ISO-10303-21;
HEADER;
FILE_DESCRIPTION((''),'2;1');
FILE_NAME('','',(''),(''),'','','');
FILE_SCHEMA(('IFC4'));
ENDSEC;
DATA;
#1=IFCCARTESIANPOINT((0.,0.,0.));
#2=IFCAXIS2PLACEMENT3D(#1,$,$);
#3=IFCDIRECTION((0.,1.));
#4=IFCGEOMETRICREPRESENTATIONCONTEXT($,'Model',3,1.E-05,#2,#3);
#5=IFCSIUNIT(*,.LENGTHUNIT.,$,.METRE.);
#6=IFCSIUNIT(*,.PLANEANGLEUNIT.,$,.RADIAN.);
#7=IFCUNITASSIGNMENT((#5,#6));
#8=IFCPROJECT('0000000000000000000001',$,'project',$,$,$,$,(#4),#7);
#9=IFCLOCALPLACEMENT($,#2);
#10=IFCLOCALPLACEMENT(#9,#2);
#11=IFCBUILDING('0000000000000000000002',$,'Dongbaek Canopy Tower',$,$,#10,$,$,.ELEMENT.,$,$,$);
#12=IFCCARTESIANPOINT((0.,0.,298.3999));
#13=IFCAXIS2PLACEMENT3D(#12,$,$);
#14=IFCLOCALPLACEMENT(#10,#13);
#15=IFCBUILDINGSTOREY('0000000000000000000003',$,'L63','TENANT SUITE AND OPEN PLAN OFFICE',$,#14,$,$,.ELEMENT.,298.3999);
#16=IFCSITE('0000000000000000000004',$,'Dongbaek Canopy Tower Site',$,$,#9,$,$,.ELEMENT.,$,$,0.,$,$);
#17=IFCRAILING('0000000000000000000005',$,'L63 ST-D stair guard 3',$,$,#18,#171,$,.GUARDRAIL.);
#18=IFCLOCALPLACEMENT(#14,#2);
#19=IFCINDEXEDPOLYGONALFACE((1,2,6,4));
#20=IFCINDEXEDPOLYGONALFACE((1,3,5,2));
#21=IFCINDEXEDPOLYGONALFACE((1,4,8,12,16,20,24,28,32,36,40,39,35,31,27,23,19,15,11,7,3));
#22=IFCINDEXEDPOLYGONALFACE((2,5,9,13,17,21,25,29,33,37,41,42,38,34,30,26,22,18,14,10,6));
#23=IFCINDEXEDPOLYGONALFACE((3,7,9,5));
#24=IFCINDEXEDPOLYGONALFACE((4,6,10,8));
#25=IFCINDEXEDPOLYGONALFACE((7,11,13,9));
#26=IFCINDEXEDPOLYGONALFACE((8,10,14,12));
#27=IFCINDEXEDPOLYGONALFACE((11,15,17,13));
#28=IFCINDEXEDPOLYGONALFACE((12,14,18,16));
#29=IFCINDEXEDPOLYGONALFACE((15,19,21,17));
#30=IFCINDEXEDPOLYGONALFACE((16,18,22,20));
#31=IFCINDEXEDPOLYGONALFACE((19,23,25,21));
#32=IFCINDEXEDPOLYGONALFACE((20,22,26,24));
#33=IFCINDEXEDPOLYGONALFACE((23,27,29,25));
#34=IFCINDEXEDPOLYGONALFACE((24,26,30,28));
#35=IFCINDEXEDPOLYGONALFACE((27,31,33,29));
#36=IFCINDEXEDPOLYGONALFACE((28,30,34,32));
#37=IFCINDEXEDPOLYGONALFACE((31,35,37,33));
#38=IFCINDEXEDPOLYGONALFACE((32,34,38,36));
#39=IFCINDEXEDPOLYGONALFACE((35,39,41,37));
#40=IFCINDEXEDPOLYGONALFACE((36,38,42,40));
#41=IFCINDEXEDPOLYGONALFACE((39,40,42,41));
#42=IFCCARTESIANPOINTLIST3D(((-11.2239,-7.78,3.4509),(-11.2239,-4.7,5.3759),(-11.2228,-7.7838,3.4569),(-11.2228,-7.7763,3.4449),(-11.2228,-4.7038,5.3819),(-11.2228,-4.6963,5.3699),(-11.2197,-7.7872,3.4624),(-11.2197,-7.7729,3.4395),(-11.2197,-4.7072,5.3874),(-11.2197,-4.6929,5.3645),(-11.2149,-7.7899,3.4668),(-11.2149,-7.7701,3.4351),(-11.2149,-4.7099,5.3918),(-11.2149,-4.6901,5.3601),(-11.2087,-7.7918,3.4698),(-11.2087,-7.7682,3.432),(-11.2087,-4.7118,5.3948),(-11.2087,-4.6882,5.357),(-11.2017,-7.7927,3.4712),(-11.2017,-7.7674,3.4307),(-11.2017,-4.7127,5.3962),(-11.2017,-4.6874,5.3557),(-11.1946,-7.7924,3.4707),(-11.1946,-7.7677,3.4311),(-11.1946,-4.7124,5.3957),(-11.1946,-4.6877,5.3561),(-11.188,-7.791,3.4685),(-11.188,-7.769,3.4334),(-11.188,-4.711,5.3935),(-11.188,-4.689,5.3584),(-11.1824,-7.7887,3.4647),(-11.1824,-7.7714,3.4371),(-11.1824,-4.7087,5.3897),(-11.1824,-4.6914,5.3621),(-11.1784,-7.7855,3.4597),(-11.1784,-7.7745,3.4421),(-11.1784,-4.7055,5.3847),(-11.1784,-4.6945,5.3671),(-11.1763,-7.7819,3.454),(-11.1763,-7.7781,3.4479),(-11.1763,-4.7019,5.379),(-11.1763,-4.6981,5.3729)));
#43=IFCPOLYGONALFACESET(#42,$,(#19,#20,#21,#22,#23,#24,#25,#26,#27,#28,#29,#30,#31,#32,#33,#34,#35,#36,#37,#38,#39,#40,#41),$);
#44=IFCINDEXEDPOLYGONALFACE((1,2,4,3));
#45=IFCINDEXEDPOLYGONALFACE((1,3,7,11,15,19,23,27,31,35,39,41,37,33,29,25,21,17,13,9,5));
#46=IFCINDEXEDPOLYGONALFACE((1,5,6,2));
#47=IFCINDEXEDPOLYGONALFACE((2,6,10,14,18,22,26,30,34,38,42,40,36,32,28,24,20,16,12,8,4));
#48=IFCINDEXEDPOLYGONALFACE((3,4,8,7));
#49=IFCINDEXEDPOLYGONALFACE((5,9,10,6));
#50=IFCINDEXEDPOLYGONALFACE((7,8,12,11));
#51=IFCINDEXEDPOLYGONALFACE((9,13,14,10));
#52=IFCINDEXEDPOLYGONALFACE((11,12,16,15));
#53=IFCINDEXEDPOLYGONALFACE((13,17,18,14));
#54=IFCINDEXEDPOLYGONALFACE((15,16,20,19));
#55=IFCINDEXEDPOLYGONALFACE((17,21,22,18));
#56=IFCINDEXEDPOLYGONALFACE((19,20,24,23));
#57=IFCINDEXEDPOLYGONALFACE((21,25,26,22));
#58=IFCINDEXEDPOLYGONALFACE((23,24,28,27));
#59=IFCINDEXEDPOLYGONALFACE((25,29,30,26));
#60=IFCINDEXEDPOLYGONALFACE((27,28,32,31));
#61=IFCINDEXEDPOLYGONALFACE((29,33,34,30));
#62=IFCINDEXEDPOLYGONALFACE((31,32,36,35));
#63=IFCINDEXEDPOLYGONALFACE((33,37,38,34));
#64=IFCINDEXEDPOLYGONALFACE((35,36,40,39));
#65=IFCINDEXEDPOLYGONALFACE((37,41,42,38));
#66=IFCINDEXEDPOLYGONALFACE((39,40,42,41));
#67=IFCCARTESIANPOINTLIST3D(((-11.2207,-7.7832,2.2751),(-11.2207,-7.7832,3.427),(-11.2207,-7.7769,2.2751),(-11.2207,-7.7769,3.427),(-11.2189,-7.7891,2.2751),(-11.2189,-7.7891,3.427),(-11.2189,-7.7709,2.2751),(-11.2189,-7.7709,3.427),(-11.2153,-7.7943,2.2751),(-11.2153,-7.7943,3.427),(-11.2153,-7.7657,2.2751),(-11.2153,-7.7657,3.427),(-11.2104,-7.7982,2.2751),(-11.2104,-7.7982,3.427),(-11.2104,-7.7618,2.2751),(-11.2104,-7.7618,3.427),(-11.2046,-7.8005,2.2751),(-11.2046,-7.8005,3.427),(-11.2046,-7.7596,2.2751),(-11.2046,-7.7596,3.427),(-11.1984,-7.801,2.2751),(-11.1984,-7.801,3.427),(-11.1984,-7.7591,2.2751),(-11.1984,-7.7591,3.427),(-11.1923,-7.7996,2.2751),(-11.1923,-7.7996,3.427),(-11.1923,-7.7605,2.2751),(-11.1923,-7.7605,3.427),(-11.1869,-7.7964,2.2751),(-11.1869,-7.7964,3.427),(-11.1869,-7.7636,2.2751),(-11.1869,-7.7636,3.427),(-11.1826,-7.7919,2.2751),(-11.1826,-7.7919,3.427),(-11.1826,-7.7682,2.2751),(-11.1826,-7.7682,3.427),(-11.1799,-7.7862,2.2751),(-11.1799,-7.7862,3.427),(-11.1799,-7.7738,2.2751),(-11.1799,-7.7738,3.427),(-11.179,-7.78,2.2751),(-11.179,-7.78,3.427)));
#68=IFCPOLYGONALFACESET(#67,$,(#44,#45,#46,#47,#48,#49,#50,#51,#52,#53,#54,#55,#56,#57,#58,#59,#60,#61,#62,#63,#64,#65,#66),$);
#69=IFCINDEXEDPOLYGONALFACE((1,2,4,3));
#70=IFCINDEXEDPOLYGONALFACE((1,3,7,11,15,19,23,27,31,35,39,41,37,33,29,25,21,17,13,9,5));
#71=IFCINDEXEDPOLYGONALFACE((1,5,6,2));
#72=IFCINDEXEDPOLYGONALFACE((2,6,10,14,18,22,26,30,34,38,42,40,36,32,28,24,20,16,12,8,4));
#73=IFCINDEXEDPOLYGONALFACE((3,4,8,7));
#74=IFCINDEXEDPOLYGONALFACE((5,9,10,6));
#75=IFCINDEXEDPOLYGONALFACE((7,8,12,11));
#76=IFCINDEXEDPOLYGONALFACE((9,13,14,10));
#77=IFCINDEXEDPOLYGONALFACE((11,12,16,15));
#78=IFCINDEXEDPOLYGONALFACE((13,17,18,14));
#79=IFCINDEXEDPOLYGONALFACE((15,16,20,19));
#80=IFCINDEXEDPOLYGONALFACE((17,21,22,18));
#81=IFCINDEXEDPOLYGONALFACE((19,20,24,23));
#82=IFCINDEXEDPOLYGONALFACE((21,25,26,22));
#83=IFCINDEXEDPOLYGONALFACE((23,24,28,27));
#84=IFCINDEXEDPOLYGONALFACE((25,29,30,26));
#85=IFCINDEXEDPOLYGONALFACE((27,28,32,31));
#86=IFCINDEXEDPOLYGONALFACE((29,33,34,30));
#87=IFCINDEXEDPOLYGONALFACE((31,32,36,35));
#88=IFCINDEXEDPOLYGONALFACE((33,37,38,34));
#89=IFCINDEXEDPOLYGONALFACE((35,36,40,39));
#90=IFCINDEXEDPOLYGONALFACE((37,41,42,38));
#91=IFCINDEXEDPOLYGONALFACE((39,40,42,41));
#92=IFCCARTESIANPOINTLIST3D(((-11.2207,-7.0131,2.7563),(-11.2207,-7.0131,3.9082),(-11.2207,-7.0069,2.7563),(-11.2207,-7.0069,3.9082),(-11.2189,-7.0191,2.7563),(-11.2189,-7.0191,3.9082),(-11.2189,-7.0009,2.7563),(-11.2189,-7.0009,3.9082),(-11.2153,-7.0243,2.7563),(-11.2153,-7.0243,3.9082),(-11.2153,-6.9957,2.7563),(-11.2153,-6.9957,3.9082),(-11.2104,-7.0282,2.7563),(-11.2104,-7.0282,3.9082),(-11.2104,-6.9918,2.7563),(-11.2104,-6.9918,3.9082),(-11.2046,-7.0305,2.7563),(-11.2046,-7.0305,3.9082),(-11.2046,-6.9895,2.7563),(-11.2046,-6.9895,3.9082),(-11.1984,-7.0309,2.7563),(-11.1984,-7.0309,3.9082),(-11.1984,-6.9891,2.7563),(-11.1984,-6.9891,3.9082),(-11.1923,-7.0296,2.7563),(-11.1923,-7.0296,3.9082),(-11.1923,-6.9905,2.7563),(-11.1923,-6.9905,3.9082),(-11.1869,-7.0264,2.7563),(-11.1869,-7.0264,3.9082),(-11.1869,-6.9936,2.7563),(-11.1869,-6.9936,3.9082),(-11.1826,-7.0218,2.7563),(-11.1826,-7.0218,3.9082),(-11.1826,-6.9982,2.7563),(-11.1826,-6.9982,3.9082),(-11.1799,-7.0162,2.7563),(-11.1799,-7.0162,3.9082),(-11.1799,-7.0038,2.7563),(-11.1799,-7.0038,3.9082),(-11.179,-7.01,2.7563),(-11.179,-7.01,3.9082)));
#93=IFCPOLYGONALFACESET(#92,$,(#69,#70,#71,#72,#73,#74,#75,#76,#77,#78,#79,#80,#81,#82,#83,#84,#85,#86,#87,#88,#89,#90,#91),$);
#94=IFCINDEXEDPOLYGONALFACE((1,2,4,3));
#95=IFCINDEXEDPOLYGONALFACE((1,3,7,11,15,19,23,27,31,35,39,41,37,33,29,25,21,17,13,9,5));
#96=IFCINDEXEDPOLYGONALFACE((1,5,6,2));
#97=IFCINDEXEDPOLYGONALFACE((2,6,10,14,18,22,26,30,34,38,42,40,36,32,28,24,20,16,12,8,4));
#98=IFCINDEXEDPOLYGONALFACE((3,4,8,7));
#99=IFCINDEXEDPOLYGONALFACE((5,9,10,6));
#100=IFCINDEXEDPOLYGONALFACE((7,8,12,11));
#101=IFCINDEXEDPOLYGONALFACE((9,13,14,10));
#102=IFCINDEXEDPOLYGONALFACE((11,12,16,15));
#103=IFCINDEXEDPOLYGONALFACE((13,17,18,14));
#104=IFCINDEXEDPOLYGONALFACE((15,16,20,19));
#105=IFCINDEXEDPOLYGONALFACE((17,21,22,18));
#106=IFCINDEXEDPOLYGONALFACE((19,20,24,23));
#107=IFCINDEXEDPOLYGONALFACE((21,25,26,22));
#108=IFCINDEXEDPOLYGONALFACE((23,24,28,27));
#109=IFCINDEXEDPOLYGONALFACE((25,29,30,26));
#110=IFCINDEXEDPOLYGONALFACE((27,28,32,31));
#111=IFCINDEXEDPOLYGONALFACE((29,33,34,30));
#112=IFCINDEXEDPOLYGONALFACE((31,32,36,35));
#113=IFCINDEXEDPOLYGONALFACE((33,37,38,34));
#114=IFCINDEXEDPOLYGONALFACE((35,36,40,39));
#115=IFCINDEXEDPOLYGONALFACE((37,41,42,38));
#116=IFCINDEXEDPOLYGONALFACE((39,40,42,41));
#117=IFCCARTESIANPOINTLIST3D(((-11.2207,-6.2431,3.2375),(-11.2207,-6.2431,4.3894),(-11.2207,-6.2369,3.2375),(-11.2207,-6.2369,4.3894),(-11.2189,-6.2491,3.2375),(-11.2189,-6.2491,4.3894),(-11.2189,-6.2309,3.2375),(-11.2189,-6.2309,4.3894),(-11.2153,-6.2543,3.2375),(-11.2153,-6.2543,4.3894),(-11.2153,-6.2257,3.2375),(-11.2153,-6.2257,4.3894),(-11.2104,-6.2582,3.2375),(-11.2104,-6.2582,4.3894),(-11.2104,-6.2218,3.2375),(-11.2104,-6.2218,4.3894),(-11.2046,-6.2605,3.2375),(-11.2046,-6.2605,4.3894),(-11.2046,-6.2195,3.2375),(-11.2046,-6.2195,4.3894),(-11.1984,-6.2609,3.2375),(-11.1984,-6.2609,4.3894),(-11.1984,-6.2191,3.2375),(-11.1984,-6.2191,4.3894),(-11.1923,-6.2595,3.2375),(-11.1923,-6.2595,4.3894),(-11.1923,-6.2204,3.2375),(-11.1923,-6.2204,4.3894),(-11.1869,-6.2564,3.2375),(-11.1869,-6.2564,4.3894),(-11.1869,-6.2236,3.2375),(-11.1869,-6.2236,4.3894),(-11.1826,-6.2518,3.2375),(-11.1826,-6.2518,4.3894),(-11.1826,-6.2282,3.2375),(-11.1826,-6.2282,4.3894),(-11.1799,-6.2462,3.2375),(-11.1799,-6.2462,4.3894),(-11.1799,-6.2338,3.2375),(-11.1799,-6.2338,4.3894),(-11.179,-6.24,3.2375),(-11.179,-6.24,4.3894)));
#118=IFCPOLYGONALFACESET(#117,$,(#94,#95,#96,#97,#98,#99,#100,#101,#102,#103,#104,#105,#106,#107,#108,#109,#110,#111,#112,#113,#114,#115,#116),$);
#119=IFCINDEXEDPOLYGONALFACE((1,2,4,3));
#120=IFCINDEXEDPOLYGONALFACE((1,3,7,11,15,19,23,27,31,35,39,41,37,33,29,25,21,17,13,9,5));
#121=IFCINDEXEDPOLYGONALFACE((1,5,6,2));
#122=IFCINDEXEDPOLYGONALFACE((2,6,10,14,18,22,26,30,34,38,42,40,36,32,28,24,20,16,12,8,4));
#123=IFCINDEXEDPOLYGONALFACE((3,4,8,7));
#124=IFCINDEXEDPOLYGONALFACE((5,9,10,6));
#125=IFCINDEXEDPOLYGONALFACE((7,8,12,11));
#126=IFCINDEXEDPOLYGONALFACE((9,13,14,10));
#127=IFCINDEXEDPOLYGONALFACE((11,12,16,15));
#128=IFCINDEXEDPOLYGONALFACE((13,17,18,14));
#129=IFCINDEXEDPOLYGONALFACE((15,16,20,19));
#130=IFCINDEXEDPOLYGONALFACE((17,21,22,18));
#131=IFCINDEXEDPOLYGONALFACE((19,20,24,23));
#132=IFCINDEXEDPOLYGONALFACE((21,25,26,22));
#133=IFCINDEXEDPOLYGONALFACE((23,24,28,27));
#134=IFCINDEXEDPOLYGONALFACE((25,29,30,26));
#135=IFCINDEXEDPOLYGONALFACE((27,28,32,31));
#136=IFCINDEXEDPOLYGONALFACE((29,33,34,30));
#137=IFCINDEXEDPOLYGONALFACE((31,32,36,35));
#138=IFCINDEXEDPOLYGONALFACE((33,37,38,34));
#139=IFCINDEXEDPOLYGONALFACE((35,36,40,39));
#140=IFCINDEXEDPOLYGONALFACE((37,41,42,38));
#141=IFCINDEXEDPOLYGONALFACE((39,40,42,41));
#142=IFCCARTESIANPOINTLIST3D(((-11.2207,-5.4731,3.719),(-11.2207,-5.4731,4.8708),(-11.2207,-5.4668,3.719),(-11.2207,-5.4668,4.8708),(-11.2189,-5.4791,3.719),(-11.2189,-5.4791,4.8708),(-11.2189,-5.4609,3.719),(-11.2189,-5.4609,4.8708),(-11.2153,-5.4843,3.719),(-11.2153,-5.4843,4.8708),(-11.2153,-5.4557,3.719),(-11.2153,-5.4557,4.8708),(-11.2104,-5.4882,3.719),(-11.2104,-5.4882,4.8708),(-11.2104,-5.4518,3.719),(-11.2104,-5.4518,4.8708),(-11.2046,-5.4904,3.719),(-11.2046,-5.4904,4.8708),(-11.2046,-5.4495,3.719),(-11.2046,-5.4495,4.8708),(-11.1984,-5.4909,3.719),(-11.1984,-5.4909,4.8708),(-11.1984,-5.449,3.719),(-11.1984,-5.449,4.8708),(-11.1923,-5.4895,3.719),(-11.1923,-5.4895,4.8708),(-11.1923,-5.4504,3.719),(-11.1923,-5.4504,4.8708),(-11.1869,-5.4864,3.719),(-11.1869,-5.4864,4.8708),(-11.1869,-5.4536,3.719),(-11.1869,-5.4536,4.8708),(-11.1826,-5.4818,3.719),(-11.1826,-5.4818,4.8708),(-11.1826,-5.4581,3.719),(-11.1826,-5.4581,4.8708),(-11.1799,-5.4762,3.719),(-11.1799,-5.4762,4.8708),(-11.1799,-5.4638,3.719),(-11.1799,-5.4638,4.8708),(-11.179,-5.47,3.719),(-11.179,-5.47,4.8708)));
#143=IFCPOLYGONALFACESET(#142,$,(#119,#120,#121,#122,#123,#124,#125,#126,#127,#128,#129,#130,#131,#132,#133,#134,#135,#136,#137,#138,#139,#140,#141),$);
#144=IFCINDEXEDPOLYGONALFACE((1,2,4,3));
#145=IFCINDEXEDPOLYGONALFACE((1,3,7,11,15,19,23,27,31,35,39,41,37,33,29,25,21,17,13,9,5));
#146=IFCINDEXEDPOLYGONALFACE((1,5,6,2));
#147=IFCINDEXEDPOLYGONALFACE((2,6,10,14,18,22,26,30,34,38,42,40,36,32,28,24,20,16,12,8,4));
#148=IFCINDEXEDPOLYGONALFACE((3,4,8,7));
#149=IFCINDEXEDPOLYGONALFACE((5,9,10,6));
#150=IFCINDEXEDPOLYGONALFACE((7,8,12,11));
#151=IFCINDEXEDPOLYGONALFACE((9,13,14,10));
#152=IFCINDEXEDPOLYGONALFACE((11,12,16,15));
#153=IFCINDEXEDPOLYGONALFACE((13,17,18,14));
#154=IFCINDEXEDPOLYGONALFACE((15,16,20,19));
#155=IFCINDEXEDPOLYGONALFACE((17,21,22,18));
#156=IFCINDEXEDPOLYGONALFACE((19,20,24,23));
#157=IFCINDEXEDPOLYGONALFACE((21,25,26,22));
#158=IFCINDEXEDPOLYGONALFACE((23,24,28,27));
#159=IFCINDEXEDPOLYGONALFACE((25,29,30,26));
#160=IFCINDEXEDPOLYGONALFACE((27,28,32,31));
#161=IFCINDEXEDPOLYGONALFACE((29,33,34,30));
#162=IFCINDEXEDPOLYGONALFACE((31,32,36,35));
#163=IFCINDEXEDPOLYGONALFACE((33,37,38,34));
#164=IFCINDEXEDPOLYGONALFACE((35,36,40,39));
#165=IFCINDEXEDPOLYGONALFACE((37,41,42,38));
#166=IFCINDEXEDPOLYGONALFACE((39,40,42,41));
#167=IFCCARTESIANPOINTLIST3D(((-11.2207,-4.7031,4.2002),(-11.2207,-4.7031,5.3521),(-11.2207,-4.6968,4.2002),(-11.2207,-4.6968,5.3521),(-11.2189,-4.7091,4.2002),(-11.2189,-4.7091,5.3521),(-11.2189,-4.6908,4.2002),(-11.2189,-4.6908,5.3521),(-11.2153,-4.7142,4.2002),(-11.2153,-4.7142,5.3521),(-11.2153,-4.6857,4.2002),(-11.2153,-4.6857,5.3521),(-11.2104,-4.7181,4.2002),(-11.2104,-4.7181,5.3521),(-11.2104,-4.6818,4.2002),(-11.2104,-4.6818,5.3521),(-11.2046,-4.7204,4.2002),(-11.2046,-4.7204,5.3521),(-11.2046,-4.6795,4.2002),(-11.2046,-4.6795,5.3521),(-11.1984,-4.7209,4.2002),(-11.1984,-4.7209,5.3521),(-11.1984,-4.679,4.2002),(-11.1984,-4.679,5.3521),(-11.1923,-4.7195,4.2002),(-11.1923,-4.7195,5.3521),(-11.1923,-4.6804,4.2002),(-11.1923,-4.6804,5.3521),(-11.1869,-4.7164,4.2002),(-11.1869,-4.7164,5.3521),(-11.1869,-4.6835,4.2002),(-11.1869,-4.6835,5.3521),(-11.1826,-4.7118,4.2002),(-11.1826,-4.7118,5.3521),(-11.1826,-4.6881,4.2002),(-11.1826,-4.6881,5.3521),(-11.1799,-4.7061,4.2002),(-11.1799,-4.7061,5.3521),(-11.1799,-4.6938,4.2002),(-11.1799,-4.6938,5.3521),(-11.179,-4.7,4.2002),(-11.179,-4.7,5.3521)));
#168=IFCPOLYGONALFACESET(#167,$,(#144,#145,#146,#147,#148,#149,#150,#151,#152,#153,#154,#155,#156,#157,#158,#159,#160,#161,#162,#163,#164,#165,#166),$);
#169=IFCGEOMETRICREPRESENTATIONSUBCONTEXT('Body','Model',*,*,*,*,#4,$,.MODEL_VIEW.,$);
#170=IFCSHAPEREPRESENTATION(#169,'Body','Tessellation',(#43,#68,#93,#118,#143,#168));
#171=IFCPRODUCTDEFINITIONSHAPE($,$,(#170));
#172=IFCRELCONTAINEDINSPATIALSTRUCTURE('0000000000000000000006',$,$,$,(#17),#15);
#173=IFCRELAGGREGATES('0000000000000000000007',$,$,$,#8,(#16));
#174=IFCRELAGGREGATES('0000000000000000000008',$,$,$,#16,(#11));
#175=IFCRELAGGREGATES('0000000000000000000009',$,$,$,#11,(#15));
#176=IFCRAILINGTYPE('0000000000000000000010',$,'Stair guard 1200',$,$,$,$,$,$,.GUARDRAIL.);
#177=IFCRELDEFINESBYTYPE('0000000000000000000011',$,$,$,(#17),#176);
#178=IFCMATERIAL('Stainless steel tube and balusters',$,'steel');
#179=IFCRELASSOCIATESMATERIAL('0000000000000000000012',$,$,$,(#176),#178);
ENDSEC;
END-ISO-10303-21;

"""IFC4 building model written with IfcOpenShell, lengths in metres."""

from ifc_helpers import new_model, si_unit, direction, frame, origin, origin_2d, place, context, subcontext, project, spatial, circle, extrude, material, type_object, element, save


model = new_model("IFC4")

# Units and contexts
model_context = context("Model", 3, precision=1e-05, world=origin(), true_north=direction((0.0, 1.0)))
body_context = subcontext(model_context, "Body", "Model", "MODEL_VIEW")
ifc_project = project(units=[si_unit("LENGTHUNIT", "METRE"), si_unit("PLANEANGLEUNIT", "RADIAN")], contexts=[model_context])

# Site, building, storey
site_placement = place(None, origin())
site = spatial("IfcSite", under=ifc_project, at=site_placement, Name="Dongbaek Canopy Tower Site", CompositionType="ELEMENT", RefElevation=0.0)
building_placement = place(site_placement, origin())
building = spatial("IfcBuilding", under=site, at=building_placement, Name="Dongbaek Canopy Tower", CompositionType="ELEMENT")
storey_placement = place(building_placement, frame((0.0, 0.0, 298.3999)))
storey = spatial("IfcBuildingStorey", under=building, at=storey_placement, Name="L63", Description="TENANT SUITE AND OPEN PLAN OFFICE", CompositionType="ELEMENT", Elevation=298.3999)

# Railing
ifc_material_1 = material(Name="Stainless steel tube and balusters", Category="steel")
railing_type_1 = type_object("IfcRailingType", Name="Stair guard 1200", PredefinedType="GUARDRAIL", material=ifc_material_1)
railing_1_placement = place(storey_placement, frame((-11.2, -7.78, 2.2751)))
element("IfcRailing", 1, at=railing_1_placement, inside=storey, type_object=railing_type_1, Name="L63 ST-D stair guard 3", PredefinedType="GUARDRAIL", context=body_context, shape_type="SweptSolid", body=[
    extrude(circle(Radius=0.0239, at=origin_2d()), frame((0.0, 0.0, 1.1758), z_axis=(0.0, 0.847998, 0.529999), x_axis=(-1.0, 0.0, 0.0)), (0.0, 0.0, 1.0), 3.6321),
    extrude(circle(Radius=0.021, at=origin_2d()), origin(), (0.0, 0.0, 1.0), 1.1519),
    extrude(circle(Radius=0.021, at=origin_2d()), frame((0.0, 0.77, 0.4812)), (0.0, 0.0, 1.0), 1.1519),
    extrude(circle(Radius=0.021, at=origin_2d()), frame((0.0, 1.54, 0.9624)), (0.0, 0.0, 1.0), 1.1519),
    extrude(circle(Radius=0.021, at=origin_2d()), frame((0.0, 2.3101, 1.4438)), (0.0, 0.0, 1.0), 1.1519),
    extrude(circle(Radius=0.021, at=origin_2d()), frame((0.0, 3.0801, 1.925)), (0.0, 0.0, 1.0), 1.1519),
])

save(model, "model.ifc")
